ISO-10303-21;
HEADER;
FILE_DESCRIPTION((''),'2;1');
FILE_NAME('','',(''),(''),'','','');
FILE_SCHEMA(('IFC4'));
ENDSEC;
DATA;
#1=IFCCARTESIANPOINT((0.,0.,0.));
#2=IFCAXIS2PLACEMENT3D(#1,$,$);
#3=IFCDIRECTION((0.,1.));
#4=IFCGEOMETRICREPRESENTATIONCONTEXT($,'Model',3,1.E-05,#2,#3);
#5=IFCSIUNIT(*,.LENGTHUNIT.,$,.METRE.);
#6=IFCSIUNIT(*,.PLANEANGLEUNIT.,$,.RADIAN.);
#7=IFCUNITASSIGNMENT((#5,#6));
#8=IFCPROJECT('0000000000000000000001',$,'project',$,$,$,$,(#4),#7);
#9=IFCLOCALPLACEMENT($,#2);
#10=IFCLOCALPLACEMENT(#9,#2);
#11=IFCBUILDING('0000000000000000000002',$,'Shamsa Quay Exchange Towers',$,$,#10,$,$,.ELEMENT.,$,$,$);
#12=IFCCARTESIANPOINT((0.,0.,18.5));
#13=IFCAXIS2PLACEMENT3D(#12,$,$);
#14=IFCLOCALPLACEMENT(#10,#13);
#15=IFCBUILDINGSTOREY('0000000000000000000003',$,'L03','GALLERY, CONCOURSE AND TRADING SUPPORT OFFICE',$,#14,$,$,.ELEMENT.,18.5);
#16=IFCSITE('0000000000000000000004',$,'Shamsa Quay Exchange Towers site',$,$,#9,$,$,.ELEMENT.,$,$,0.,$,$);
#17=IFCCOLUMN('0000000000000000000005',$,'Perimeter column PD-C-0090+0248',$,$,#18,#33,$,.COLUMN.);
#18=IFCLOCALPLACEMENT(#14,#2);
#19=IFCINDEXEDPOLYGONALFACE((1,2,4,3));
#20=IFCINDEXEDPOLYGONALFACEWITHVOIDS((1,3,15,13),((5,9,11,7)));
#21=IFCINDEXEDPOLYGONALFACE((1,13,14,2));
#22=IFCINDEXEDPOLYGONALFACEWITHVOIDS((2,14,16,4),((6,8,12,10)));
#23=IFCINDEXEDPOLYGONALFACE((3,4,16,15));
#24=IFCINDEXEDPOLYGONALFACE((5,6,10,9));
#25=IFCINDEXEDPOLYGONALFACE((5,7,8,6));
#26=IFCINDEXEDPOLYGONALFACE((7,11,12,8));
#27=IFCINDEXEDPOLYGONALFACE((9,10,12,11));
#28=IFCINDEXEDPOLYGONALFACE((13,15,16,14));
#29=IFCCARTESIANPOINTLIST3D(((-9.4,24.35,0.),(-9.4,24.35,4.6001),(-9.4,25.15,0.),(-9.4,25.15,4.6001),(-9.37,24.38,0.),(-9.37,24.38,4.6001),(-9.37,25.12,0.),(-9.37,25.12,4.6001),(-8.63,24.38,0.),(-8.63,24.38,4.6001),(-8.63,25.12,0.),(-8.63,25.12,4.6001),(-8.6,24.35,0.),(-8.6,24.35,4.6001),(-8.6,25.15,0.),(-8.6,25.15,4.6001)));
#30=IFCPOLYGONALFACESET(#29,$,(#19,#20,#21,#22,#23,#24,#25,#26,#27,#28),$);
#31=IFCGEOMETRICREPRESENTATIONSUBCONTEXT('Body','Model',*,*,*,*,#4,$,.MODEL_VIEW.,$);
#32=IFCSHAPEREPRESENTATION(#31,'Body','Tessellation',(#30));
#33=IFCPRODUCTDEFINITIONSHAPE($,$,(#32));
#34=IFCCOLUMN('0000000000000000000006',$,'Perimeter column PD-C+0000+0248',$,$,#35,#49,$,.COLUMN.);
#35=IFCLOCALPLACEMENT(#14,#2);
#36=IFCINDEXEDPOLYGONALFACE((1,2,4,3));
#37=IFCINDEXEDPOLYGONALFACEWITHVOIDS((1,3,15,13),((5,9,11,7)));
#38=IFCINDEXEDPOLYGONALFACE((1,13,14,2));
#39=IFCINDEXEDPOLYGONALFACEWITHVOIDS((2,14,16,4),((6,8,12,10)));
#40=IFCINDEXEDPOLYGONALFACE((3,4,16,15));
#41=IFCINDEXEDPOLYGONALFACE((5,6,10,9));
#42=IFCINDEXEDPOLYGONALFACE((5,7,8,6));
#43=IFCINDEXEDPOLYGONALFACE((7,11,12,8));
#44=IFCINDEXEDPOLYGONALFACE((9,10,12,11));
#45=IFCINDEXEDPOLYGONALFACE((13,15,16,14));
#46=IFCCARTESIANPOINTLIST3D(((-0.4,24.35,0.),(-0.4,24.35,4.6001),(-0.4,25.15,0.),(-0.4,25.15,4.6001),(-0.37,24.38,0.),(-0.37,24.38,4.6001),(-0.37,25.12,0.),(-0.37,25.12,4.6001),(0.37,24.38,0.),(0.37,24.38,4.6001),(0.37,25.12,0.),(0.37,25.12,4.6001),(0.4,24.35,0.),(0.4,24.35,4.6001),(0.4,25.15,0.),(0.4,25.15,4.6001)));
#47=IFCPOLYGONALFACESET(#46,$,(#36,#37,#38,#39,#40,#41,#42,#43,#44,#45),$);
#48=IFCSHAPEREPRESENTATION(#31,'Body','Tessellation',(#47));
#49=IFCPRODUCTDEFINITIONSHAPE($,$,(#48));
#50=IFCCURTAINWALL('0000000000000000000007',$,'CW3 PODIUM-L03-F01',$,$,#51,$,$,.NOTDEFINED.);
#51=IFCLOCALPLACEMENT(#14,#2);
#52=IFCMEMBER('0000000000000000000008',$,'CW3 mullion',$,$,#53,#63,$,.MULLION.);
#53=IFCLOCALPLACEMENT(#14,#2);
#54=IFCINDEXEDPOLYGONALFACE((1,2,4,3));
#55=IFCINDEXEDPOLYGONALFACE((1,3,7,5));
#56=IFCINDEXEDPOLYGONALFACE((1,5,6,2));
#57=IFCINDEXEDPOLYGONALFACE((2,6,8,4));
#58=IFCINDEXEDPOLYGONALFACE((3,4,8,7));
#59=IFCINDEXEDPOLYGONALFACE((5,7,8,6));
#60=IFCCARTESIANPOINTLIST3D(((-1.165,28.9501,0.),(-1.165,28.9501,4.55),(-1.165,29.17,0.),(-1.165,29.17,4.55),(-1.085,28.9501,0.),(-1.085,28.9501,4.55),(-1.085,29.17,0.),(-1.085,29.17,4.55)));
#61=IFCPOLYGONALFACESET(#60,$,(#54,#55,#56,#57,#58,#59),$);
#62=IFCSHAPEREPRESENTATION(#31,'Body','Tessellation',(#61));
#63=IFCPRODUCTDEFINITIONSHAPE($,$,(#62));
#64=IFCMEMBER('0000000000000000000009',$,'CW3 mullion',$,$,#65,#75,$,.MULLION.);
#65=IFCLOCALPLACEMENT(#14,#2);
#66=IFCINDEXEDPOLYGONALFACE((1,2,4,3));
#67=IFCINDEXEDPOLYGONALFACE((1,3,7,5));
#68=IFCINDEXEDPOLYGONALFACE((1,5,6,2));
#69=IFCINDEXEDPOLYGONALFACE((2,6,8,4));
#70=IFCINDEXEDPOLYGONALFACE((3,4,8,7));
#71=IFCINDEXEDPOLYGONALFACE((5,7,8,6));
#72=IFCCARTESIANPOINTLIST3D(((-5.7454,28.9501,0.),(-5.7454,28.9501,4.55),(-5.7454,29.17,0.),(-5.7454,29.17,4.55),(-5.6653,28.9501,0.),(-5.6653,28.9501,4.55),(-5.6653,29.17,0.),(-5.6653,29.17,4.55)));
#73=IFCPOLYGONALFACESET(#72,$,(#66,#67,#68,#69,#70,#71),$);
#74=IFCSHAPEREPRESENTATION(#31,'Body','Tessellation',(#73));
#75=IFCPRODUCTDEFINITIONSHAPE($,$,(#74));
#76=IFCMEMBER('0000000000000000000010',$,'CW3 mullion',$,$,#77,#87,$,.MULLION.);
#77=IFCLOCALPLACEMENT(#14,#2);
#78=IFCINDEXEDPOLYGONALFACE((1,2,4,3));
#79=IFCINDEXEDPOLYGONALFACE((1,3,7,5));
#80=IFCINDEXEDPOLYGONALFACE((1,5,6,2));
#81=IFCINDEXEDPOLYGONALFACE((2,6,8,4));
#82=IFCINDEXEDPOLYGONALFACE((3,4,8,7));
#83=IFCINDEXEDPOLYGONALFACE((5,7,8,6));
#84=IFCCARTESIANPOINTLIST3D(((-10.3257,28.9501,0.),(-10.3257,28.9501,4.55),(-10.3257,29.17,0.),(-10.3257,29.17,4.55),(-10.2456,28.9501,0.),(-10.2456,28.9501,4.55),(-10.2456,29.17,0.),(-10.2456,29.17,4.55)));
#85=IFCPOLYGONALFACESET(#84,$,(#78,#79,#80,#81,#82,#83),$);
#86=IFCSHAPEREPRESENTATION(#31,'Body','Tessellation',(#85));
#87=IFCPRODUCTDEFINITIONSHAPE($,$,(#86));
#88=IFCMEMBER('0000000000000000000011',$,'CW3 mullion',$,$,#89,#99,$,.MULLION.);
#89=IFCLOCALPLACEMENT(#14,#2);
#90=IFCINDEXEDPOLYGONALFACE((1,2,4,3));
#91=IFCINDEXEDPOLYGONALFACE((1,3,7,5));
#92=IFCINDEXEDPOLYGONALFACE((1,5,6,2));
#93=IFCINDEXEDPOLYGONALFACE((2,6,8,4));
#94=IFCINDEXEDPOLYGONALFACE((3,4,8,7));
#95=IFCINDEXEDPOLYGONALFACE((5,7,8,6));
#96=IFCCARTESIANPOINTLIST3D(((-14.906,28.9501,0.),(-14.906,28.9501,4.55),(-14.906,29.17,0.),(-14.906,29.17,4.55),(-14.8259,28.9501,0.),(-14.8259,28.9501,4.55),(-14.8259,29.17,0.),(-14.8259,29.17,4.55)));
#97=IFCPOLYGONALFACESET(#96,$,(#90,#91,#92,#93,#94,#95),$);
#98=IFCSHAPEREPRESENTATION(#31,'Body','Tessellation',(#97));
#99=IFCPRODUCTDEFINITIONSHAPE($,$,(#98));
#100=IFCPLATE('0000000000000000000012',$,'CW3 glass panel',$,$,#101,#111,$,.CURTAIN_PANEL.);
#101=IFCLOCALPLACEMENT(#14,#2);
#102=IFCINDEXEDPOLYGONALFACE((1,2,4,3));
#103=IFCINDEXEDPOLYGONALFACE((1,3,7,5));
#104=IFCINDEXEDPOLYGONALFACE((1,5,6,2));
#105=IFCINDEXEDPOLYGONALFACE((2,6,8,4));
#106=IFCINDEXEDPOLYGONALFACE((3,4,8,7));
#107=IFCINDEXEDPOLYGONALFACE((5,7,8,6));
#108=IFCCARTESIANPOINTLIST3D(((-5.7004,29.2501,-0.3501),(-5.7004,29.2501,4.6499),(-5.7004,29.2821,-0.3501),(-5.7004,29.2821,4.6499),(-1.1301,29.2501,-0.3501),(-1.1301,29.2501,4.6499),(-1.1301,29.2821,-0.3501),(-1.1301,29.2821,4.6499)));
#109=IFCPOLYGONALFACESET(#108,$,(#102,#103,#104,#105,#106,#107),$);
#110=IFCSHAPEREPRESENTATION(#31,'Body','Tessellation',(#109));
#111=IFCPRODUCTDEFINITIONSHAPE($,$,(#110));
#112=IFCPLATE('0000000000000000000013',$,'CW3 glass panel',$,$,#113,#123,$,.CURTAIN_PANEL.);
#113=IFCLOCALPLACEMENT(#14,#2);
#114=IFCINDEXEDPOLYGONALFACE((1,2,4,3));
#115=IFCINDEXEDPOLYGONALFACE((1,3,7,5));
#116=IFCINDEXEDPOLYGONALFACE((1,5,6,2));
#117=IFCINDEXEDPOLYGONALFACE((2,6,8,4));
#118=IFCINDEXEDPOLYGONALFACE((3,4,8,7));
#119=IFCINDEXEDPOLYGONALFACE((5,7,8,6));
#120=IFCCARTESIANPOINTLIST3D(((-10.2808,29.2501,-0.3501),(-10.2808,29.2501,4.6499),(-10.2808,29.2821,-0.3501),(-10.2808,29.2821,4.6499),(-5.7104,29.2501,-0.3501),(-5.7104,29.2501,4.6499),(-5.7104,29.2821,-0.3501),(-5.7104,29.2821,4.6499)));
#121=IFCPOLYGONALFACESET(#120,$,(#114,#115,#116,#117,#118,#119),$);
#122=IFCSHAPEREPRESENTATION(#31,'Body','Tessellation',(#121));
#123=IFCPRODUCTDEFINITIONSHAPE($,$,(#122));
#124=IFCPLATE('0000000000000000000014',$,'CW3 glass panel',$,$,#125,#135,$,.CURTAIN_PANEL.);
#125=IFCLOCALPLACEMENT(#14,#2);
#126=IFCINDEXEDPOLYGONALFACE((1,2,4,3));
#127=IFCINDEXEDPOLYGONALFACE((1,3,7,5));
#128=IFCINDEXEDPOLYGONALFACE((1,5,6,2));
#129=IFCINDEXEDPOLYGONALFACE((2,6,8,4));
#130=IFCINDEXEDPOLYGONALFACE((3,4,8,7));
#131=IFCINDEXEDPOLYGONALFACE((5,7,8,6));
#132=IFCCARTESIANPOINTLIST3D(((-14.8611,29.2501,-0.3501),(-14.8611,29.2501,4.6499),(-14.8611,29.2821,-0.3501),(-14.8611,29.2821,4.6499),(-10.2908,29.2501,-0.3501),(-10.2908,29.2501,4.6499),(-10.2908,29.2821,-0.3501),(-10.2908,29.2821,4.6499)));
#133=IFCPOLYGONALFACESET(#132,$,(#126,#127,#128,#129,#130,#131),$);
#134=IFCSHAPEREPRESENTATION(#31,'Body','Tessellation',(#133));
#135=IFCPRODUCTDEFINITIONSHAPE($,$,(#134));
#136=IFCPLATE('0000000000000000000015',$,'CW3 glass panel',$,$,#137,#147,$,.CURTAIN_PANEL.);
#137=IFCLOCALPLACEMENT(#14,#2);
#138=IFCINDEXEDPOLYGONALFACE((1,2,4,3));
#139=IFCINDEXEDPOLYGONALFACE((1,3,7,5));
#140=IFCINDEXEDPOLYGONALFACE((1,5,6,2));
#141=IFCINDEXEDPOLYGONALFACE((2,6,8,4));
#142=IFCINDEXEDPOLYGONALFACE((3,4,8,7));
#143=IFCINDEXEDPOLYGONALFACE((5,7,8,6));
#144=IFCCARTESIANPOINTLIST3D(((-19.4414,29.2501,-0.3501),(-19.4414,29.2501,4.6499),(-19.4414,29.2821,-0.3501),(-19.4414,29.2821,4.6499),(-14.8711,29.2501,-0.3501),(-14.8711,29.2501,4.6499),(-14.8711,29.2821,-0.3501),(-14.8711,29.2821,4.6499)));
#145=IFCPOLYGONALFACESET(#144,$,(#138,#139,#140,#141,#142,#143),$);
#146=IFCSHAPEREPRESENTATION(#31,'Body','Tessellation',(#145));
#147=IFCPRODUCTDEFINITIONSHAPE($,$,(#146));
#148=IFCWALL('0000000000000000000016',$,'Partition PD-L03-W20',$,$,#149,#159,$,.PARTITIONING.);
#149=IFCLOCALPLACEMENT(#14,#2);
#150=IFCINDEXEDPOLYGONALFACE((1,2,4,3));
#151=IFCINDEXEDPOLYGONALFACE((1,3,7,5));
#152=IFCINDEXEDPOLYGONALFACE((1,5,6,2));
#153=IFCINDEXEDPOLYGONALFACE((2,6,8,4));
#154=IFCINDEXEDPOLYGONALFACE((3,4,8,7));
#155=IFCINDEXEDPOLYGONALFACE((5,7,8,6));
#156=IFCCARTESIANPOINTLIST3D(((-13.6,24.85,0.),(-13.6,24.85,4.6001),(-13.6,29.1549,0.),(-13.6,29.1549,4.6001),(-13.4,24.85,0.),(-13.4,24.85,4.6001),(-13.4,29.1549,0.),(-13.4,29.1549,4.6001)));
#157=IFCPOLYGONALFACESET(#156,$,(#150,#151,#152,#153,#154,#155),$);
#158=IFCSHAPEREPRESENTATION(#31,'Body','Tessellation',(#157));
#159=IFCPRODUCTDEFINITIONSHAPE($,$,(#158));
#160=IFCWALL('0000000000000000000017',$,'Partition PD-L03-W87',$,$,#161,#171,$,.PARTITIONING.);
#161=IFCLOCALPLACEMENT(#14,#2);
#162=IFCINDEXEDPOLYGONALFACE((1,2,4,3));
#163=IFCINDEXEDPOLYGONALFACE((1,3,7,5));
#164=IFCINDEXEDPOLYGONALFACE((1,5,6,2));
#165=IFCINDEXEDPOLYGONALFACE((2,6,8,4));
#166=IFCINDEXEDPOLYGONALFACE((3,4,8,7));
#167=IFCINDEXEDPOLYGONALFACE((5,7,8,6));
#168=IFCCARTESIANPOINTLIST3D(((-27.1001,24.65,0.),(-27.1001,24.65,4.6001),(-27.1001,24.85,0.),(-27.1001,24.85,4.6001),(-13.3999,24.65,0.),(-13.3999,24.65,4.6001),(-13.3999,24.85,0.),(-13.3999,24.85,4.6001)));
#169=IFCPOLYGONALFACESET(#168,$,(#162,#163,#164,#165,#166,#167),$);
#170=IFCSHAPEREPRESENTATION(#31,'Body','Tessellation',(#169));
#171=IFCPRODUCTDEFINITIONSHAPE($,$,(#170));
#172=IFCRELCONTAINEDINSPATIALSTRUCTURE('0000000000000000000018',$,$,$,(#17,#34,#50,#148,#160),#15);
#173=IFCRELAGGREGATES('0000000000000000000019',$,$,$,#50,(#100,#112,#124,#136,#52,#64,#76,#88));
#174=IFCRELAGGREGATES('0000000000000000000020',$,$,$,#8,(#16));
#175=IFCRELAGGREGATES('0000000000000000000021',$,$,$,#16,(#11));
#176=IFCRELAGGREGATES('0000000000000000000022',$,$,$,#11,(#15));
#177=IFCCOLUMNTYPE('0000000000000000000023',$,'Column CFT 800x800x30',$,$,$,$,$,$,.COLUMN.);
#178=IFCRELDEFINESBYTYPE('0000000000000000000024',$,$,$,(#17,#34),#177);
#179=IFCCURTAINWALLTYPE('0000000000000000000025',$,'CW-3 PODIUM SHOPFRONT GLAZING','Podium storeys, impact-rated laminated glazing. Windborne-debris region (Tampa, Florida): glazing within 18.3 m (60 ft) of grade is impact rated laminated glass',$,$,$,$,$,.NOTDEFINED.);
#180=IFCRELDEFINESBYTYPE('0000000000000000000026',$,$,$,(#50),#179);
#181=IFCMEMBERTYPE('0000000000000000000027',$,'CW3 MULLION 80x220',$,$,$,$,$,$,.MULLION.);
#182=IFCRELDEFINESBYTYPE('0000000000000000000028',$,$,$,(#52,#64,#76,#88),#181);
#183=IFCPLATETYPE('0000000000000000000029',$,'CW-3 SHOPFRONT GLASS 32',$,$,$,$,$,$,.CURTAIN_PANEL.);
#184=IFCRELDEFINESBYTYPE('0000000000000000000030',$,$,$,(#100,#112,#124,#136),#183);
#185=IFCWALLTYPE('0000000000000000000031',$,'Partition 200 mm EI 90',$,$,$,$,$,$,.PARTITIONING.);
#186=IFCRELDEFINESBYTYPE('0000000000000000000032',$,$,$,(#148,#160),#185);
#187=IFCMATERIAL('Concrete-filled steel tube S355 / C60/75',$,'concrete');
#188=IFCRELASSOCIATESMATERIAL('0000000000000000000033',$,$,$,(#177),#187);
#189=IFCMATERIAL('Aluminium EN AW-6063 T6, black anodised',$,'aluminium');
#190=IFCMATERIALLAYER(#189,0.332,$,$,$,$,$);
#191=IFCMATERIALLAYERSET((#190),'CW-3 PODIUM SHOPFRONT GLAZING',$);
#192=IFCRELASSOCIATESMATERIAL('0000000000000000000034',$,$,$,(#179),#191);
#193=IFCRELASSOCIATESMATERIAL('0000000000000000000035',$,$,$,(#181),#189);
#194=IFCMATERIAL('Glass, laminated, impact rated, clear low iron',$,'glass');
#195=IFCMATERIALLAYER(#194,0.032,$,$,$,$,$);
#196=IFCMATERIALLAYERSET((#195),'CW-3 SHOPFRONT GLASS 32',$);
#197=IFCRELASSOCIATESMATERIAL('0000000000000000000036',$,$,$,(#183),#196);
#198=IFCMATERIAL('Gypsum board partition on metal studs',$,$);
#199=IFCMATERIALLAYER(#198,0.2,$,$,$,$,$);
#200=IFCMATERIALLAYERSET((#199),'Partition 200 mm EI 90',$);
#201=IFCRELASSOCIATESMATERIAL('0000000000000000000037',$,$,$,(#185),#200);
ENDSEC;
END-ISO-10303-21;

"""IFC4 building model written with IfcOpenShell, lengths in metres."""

from ifc_helpers import new_model, si_unit, direction, frame, frame_2d, origin, origin_2d, place, context, subcontext, project, spatial, rectangle, hollow_rectangle, extrude, material, layer, layer_set, material_profile, profile_set, type_object, element, aggregate, save


model = new_model("IFC4")

# Units and contexts
model_context = context("Model", 3, precision=1e-05, world=origin(), true_north=direction((0.0, 1.0)))
body_context = subcontext(model_context, "Body", "Model", "MODEL_VIEW")
ifc_project = project(units=[si_unit("LENGTHUNIT", "METRE"), si_unit("PLANEANGLEUNIT", "RADIAN")], contexts=[model_context])

# Site, building, storey
site_placement = place(None, origin())
site = spatial("IfcSite", under=ifc_project, at=site_placement, Name="Shamsa Quay Exchange Towers site", CompositionType="ELEMENT", RefElevation=0.0)
building_placement = place(site_placement, origin())
building = spatial("IfcBuilding", under=site, at=building_placement, Name="Shamsa Quay Exchange Towers", CompositionType="ELEMENT")
storey_placement = place(building_placement, frame((0.0, 0.0, 18.5)))
storey = spatial("IfcBuildingStorey", under=building, at=storey_placement, Name="L03", Description="GALLERY, CONCOURSE AND TRADING SUPPORT OFFICE", CompositionType="ELEMENT", Elevation=18.5)

# Columns
ifc_material_1 = material(Name="Concrete-filled steel tube S355 / C60/75", Category="concrete")
ifc_material_profile_1 = material_profile(ifc_material_1, hollow_rectangle(XDim=0.8, YDim=0.8, WallThickness=0.03, at=origin_2d()), Name="CFT 800x800x30")
ifc_profile_set_1 = profile_set([ifc_material_profile_1], Name="Concrete-filled steel tube S355 / C60/75")
column_type = type_object("IfcColumnType", Name="Column CFT 800x800x30", PredefinedType="COLUMN", material=ifc_profile_set_1)
for number, where, name in (
    (1, (-9.0, 24.75, 0.0), "Perimeter column PD-C-0090+0248"),
    (2, (0.0, 24.75, 0.0), "Perimeter column PD-C+0000+0248"),
):
    element("IfcColumn", number, at=place(storey_placement, frame(where)), inside=storey, type_object=column_type, Name=name, PredefinedType="COLUMN", context=body_context, shape_type="SweptSolid", body=[
        extrude(hollow_rectangle(XDim=0.8, YDim=0.8, WallThickness=0.03, at=origin_2d()), origin(), (0.0, 0.0, 1.0), 4.6001),
    ])

# Curtain wall, members, plates
ifc_material_2 = material(Name="Aluminium EN AW-6063 T6, black anodised", Category="aluminium")
ifc_layer_1 = layer(ifc_material_2, 0.332)
ifc_layer_set_1 = layer_set([ifc_layer_1], Name="CW-3 PODIUM SHOPFRONT GLAZING")
curtain_wall_type = type_object("IfcCurtainWallType", Name="CW-3 PODIUM SHOPFRONT GLAZING", Description="Podium storeys, impact-rated laminated glazing. Windborne-debris region (Tampa, Florida): glazing within 18.3 m (60 ft) of grade is impact rated laminated glass", PredefinedType="NOTDEFINED", material=ifc_layer_set_1)
curtain_wall_placement = place(storey_placement, origin())
curtain_wall = element("IfcCurtainWall", 3, at=curtain_wall_placement, inside=storey, type_object=curtain_wall_type, Name="CW3 PODIUM-L03-F01", PredefinedType="NOTDEFINED")
ifc_material_profile_2 = material_profile(ifc_material_2, rectangle(XDim=0.22, YDim=0.0801, at=origin_2d()), Name="MU80x220")
ifc_profile_set_2 = profile_set([ifc_material_profile_2], Name="Aluminium EN AW-6063 T6, black anodised")
member_type = type_object("IfcMemberType", Name="CW3 MULLION 80x220", PredefinedType="MULLION", material=ifc_profile_set_2)
member_1_placement = place(storey_placement, frame((-1.125, 29.0601, 0.0), z_axis=(0.0, 0.0, 1.0), x_axis=(0.0, -1.0, 0.0)))
member_1 = element("IfcMember", 4, at=member_1_placement, type_object=member_type, Name="CW3 mullion", PredefinedType="MULLION", context=body_context, shape_type="SweptSolid", body=[
    extrude(rectangle(XDim=0.22, YDim=0.0801, at=origin_2d()), origin(), (0.0, 0.0, 1.0), 4.55),
])
member_2_placement = place(storey_placement, frame((-5.7053, 29.0601, 0.0), z_axis=(0.0, 0.0, 1.0), x_axis=(0.0, -1.0, 0.0)))
member_2 = element("IfcMember", 5, at=member_2_placement, type_object=member_type, Name="CW3 mullion", PredefinedType="MULLION", context=body_context, shape_type="SweptSolid", body=[
    extrude(rectangle(XDim=0.22, YDim=0.0801, at=origin_2d()), origin(), (0.0, 0.0, 1.0), 4.55),
])
member_3_placement = place(storey_placement, frame((-10.2856, 29.0601, 0.0), z_axis=(0.0, 0.0, 1.0), x_axis=(0.0, -1.0, 0.0)))
member_3 = element("IfcMember", 6, at=member_3_placement, type_object=member_type, Name="CW3 mullion", PredefinedType="MULLION", context=body_context, shape_type="SweptSolid", body=[
    extrude(rectangle(XDim=0.22, YDim=0.0801, at=origin_2d()), origin(), (0.0, 0.0, 1.0), 4.55),
])
member_4_placement = place(storey_placement, frame((-14.866, 29.0601, 0.0), z_axis=(0.0, 0.0, 1.0), x_axis=(0.0, -1.0, 0.0)))
member_4 = element("IfcMember", 7, at=member_4_placement, type_object=member_type, Name="CW3 mullion", PredefinedType="MULLION", context=body_context, shape_type="SweptSolid", body=[
    extrude(rectangle(XDim=0.22, YDim=0.0801, at=origin_2d()), origin(), (0.0, 0.0, 1.0), 4.55),
])
ifc_material_3 = material(Name="Glass, laminated, impact rated, clear low iron", Category="glass")
ifc_layer_2 = layer(ifc_material_3, 0.032)
ifc_layer_set_2 = layer_set([ifc_layer_2], Name="CW-3 SHOPFRONT GLASS 32")
plate_type = type_object("IfcPlateType", Name="CW-3 SHOPFRONT GLASS 32", PredefinedType="CURTAIN_PANEL", material=ifc_layer_set_2)
plate_1_placement = place(storey_placement, frame((-3.4153, 29.2661, -0.3501), z_axis=(0.0, 0.0, 1.0), x_axis=(-1.0, 0.0, 0.0)))
plate_1 = element("IfcPlate", 8, at=plate_1_placement, type_object=plate_type, Name="CW3 glass panel", PredefinedType="CURTAIN_PANEL", context=body_context, shape_type="SweptSolid", body=[
    extrude(rectangle(XDim=4.5703, YDim=0.032, at=origin_2d()), origin(), (0.0, 0.0, 1.0), 5.0),
])
plate_2_placement = place(storey_placement, frame((-7.9956, 29.2661, -0.3501), z_axis=(0.0, 0.0, 1.0), x_axis=(-1.0, 0.0, 0.0)))
plate_2 = element("IfcPlate", 9, at=plate_2_placement, type_object=plate_type, Name="CW3 glass panel", PredefinedType="CURTAIN_PANEL", context=body_context, shape_type="SweptSolid", body=[
    extrude(rectangle(XDim=4.5703, YDim=0.032, at=origin_2d()), origin(), (0.0, 0.0, 1.0), 5.0),
])
plate_3_placement = place(storey_placement, frame((-12.5759, 29.2661, -0.3501), z_axis=(0.0, 0.0, 1.0), x_axis=(-1.0, 0.0, 0.0)))
plate_3 = element("IfcPlate", 10, at=plate_3_placement, type_object=plate_type, Name="CW3 glass panel", PredefinedType="CURTAIN_PANEL", context=body_context, shape_type="SweptSolid", body=[
    extrude(rectangle(XDim=4.5703, YDim=0.032, at=origin_2d()), origin(), (0.0, 0.0, 1.0), 5.0),
])
plate_4_placement = place(storey_placement, frame((-17.1562, 29.2661, -0.3501), z_axis=(0.0, 0.0, 1.0), x_axis=(-1.0, 0.0, 0.0)))
plate_4 = element("IfcPlate", 11, at=plate_4_placement, type_object=plate_type, Name="CW3 glass panel", PredefinedType="CURTAIN_PANEL", context=body_context, shape_type="SweptSolid", body=[
    extrude(rectangle(XDim=4.5703, YDim=0.032, at=origin_2d()), origin(), (0.0, 0.0, 1.0), 5.0),
])
aggregate(curtain_wall, [plate_1, plate_2, plate_3, plate_4, member_1, member_2, member_3, member_4])

# Walls
ifc_material_4 = material(Name="Gypsum board partition on metal studs")
ifc_layer_3 = layer(ifc_material_4, 0.2)
ifc_layer_set_3 = layer_set([ifc_layer_3], Name="Partition 200 mm EI 90")
wall_type = type_object("IfcWallType", Name="Partition 200 mm EI 90", PredefinedType="PARTITIONING", material=ifc_layer_set_3)
wall_1_placement = place(storey_placement, frame((-13.5, 24.8501, 0.0), z_axis=(0.0, 0.0, 1.0), x_axis=(0.0, 1.0, 0.0)))
element("IfcWall", 12, at=wall_1_placement, inside=storey, type_object=wall_type, Name="Partition PD-L03-W20", PredefinedType="PARTITIONING", context=body_context, shape_type="SweptSolid", body=[
    extrude(rectangle(XDim=4.3049, YDim=0.2, at=frame_2d((2.1523, 0.0))), origin(), (0.0, 0.0, 1.0), 4.6001),
])
wall_2_placement = place(storey_placement, frame((-13.3999, 24.75, 0.0), z_axis=(0.0, 0.0, 1.0), x_axis=(-1.0, 0.0, 0.0)))
element("IfcWall", 13, at=wall_2_placement, inside=storey, type_object=wall_type, Name="Partition PD-L03-W87", PredefinedType="PARTITIONING", context=body_context, shape_type="SweptSolid", body=[
    extrude(rectangle(XDim=13.7002, YDim=0.2, at=frame_2d((6.8501, 0.0))), origin(), (0.0, 0.0, 1.0), 4.6001),
])

save(model, "model.ifc")
